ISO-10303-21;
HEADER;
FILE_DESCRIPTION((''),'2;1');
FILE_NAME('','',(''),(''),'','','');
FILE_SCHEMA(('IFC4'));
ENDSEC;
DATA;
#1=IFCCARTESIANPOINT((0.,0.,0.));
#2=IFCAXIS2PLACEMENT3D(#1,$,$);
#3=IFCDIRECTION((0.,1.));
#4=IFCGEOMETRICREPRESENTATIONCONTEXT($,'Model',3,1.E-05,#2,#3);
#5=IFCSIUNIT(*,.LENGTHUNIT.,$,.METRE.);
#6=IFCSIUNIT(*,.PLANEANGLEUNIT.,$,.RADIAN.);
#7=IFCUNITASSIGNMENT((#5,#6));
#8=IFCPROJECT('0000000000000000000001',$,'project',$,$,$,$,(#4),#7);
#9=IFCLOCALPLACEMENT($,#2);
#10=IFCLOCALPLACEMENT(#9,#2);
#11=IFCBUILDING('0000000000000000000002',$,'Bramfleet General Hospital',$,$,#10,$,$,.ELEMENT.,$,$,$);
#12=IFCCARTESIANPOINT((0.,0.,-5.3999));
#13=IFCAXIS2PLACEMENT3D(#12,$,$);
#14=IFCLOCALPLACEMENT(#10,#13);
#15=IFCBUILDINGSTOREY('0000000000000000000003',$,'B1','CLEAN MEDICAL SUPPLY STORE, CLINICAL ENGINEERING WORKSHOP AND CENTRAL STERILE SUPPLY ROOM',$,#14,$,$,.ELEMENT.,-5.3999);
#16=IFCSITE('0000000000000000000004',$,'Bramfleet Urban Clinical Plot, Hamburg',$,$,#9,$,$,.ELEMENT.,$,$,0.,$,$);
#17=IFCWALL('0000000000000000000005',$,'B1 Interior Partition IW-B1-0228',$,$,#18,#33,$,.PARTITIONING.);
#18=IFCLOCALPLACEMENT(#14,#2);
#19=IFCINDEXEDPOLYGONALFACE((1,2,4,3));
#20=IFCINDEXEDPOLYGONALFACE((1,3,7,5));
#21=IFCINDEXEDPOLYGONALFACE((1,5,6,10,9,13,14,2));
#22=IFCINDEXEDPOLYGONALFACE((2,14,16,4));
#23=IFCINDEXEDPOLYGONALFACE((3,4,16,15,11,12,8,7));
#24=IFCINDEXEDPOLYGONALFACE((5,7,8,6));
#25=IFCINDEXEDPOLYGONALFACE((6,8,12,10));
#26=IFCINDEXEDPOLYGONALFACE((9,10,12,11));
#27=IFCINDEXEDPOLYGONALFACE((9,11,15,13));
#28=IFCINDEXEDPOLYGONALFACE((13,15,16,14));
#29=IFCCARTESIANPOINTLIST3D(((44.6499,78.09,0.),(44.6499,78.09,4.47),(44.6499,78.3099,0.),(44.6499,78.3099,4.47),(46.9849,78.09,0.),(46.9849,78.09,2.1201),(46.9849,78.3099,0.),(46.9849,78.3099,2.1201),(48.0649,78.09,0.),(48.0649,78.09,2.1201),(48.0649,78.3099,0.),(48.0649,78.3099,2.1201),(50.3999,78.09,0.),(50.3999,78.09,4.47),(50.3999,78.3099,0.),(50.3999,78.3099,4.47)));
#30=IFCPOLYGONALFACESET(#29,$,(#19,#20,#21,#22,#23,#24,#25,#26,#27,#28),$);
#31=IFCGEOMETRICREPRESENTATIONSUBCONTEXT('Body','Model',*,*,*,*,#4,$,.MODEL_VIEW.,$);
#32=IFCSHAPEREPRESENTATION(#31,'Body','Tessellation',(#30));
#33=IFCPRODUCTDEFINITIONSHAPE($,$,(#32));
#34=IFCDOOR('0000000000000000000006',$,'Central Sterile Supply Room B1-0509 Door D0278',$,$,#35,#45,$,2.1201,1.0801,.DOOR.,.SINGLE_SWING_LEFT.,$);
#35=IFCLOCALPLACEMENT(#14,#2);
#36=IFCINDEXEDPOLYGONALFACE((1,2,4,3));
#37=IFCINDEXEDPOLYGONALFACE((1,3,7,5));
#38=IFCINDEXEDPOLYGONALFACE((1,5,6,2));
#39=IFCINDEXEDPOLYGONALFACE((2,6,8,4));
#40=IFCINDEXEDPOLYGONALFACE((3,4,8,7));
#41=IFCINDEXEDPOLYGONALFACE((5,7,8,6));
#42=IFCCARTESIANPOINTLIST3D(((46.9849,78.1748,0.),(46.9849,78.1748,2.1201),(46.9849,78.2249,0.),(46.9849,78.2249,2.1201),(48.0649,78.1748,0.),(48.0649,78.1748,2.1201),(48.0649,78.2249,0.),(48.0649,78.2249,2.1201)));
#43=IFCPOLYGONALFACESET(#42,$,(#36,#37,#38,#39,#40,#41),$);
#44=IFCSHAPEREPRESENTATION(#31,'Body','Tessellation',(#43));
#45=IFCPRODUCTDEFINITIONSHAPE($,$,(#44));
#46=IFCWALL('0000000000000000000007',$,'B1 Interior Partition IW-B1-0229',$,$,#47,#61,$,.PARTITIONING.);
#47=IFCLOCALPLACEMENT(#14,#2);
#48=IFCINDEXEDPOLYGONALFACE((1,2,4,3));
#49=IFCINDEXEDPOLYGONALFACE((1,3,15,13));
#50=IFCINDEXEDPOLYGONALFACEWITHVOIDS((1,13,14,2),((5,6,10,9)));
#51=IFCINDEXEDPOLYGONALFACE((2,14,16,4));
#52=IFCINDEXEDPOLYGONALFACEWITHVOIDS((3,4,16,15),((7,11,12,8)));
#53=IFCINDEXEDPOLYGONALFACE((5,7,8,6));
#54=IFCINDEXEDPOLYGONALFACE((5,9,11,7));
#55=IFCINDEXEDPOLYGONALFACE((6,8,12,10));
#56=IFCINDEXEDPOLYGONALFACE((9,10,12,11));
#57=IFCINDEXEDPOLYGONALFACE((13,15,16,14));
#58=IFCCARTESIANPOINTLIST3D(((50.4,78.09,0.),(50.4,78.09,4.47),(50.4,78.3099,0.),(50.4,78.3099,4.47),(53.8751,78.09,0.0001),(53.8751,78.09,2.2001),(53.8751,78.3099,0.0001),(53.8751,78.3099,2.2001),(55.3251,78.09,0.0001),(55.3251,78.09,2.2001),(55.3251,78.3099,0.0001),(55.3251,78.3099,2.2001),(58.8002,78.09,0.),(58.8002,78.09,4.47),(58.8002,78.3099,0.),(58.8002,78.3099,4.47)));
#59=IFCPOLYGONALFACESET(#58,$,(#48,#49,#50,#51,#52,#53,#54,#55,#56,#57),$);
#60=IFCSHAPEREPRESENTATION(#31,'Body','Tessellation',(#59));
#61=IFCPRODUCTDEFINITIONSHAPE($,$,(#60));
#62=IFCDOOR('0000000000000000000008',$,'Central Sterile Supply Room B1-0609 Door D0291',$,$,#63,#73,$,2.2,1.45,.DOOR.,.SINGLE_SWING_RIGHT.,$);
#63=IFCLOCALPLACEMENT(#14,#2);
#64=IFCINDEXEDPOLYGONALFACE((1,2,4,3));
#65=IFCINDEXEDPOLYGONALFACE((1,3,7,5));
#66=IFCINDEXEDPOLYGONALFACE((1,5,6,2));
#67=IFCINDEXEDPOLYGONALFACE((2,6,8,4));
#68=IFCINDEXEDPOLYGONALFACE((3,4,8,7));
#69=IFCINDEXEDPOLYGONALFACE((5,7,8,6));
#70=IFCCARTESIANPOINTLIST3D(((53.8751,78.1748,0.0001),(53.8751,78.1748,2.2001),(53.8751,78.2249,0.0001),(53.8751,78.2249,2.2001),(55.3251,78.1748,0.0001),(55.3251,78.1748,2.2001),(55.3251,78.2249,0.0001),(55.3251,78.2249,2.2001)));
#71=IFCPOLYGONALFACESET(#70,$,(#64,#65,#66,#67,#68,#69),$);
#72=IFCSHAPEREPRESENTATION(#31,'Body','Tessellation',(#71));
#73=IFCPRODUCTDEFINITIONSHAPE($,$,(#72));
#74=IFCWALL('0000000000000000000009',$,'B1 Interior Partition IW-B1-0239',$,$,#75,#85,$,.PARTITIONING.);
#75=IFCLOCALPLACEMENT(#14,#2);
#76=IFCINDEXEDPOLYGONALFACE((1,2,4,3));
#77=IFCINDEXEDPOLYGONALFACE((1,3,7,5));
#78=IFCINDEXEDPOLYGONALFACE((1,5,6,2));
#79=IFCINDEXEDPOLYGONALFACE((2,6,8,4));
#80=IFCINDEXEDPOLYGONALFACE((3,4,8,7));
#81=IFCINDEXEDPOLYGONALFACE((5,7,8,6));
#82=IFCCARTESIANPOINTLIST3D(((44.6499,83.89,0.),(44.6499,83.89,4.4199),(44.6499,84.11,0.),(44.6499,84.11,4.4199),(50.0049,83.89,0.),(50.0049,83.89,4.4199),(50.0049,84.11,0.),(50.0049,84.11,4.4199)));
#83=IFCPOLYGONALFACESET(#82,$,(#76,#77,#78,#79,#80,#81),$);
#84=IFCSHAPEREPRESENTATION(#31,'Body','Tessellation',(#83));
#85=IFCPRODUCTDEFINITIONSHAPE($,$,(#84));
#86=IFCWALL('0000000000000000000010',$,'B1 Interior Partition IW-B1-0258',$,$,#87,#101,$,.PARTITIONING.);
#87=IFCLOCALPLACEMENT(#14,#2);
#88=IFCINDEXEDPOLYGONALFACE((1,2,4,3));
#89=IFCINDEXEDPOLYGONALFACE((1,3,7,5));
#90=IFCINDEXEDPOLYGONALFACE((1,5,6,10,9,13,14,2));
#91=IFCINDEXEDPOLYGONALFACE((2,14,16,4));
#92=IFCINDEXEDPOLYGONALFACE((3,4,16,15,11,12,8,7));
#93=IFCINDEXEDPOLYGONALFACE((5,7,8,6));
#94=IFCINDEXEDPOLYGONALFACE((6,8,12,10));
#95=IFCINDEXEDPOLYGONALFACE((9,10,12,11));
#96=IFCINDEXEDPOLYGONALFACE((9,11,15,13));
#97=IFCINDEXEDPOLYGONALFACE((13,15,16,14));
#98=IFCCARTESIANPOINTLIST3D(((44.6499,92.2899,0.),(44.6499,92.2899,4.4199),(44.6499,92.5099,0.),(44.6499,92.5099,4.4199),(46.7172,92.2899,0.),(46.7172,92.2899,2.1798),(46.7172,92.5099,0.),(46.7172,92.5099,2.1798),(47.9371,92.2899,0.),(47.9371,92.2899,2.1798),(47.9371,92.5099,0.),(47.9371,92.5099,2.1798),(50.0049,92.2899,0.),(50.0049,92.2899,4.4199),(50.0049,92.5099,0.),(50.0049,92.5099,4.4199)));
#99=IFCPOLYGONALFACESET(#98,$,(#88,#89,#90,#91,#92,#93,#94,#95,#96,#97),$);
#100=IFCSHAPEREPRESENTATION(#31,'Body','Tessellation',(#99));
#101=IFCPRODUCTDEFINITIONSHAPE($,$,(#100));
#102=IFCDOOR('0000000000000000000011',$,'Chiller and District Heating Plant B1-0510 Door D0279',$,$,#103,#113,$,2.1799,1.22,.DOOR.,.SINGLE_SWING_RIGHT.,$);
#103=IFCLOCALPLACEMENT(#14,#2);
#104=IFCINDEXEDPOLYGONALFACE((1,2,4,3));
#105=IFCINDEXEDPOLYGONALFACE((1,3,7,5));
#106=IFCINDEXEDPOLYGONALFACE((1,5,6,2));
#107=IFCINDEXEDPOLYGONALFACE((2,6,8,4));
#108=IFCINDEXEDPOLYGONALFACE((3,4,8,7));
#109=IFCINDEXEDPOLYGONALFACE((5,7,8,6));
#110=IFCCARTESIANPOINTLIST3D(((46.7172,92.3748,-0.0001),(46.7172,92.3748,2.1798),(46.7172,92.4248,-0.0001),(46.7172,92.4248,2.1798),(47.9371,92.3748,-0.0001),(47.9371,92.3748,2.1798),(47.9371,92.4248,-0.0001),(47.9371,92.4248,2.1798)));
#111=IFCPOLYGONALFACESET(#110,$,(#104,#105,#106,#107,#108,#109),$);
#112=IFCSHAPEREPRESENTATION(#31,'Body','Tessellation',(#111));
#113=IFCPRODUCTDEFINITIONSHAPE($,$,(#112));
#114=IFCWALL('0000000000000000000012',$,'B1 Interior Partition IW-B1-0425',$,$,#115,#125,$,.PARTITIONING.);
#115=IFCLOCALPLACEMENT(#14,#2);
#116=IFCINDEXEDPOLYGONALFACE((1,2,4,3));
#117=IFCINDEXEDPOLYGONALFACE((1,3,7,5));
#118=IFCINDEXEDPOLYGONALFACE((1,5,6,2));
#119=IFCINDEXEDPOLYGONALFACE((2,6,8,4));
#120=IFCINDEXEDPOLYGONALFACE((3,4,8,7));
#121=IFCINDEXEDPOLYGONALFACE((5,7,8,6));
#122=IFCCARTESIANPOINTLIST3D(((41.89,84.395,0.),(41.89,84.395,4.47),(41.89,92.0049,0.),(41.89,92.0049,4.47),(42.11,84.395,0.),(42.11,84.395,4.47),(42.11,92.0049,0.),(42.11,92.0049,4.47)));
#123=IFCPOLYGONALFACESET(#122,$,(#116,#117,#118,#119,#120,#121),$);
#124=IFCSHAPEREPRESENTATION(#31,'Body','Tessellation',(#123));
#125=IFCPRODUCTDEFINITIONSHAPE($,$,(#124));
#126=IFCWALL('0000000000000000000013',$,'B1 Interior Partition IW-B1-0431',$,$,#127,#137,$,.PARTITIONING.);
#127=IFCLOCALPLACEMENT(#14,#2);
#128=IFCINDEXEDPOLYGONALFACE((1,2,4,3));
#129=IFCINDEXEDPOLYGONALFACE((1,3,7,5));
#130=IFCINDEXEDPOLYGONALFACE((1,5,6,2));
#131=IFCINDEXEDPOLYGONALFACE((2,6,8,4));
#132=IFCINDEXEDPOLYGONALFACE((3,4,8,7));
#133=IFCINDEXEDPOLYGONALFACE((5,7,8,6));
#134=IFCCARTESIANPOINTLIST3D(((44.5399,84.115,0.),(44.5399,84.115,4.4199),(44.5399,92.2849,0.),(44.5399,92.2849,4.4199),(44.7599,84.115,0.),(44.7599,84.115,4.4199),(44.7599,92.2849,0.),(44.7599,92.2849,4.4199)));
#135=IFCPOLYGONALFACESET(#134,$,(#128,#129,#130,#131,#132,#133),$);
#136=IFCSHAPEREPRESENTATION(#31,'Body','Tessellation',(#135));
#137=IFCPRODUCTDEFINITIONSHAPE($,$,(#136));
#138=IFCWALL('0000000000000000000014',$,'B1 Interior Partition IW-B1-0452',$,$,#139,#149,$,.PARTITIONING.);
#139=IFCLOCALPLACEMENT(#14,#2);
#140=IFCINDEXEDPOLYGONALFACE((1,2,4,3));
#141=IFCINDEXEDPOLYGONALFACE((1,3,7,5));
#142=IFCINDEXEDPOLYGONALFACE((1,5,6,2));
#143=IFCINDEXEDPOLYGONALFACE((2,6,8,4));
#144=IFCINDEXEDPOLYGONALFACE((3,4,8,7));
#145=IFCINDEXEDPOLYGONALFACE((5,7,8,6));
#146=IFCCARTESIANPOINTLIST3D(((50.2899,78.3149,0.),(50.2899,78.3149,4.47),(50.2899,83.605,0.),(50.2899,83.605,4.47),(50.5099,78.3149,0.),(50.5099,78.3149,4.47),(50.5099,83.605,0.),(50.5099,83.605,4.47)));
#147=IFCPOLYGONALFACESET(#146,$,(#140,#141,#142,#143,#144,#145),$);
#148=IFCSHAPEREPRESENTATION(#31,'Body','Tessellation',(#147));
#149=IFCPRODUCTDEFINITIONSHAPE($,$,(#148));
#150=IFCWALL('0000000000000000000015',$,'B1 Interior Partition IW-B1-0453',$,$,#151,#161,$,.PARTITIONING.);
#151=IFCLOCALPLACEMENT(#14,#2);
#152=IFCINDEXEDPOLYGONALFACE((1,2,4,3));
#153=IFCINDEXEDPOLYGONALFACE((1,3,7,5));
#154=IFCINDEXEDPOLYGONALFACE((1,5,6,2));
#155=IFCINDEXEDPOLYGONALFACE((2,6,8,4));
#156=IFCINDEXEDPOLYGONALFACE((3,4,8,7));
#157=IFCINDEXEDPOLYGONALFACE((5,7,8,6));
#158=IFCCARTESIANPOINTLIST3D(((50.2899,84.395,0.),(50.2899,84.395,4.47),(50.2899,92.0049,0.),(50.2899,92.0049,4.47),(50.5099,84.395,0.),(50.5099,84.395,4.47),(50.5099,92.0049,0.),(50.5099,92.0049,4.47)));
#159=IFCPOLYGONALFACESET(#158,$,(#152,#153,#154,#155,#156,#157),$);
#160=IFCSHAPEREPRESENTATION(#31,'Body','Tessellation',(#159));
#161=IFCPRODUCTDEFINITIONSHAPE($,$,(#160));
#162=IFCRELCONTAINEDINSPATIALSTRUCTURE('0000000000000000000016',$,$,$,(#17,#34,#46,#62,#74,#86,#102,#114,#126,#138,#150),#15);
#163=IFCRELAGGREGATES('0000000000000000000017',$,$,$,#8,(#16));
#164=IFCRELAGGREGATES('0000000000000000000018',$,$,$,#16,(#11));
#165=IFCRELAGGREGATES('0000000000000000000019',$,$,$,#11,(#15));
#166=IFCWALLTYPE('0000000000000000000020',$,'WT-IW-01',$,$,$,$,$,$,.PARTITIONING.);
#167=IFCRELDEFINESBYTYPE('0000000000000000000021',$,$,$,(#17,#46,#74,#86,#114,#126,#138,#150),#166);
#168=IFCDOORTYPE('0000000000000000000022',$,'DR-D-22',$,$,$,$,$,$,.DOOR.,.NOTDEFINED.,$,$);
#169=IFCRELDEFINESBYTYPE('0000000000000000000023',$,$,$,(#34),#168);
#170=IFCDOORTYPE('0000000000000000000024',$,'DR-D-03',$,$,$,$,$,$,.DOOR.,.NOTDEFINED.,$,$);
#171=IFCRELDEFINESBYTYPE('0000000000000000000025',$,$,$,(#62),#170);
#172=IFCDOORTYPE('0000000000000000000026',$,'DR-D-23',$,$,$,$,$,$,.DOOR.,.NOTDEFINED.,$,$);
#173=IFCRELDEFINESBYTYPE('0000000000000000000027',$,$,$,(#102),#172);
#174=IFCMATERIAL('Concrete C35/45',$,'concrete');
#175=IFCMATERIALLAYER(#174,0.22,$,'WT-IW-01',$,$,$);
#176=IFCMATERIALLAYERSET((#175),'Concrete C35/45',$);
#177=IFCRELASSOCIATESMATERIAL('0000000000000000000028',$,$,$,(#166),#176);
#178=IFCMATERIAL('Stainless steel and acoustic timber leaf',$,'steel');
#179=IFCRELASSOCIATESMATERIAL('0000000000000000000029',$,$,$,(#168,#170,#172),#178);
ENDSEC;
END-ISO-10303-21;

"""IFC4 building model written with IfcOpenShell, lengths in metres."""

from ifc_helpers import new_model, si_unit, direction, frame, frame_2d, origin, place, context, subcontext, project, spatial, rectangle, extrude, material, layer, layer_set, type_object, element, fill, save


model = new_model("IFC4")

# Units and contexts
model_context = context("Model", 3, precision=1e-05, world=origin(), true_north=direction((0.0, 1.0)))
body_context = subcontext(model_context, "Body", "Model", "MODEL_VIEW")
ifc_project = project(units=[si_unit("LENGTHUNIT", "METRE"), si_unit("PLANEANGLEUNIT", "RADIAN")], contexts=[model_context])

# Site, building, storey
site_placement = place(None, origin())
site = spatial("IfcSite", under=ifc_project, at=site_placement, Name="Bramfleet Urban Clinical Plot, Hamburg", CompositionType="ELEMENT", RefElevation=0.0)
building_placement = place(site_placement, origin())
building = spatial("IfcBuilding", under=site, at=building_placement, Name="Bramfleet General Hospital", CompositionType="ELEMENT")
storey_placement = place(building_placement, frame((0.0, 0.0, -5.3999)))
storey = spatial("IfcBuildingStorey", under=building, at=storey_placement, Name="B1", Description="CLEAN MEDICAL SUPPLY STORE, CLINICAL ENGINEERING WORKSHOP AND CENTRAL STERILE SUPPLY ROOM", CompositionType="ELEMENT", Elevation=-5.3999)

# Shared definitions
ifc_material_1 = material(Name="Concrete C35/45", Category="concrete")

# Walls, openings, doors
ifc_layer = layer(ifc_material_1, 0.22, Name="WT-IW-01")
ifc_layer_set = layer_set([ifc_layer], Name="Concrete C35/45")
wall_type = type_object("IfcWallType", Name="WT-IW-01", PredefinedType="PARTITIONING", material=ifc_layer_set)
wall_1_placement = place(storey_placement, frame((44.6499, 78.2, 0.0), z_axis=(0.0, 0.0, 1.0), x_axis=(1.0, 0.0, 0.0)))
wall_1 = element("IfcWall", 1, at=wall_1_placement, inside=storey, type_object=wall_type, Name="B1 Interior Partition IW-B1-0228", PredefinedType="PARTITIONING", context=body_context, shape_type="SweptSolid", body=[
    extrude(rectangle(XDim=5.75, YDim=0.22, at=frame_2d((2.875, 0.0))), origin(), (0.0, 0.0, 1.0), 4.47),
])
opening_1_placement = place(wall_1_placement, frame((2.335, 0.0, 0.0)))
opening_1 = element("IfcOpeningElement", 2, at=opening_1_placement, cuts=wall_1, PredefinedType="OPENING", context=body_context, shape_type="SweptSolid", body=[
    extrude(rectangle(XDim=1.0801, YDim=2.1201, at=frame_2d((0.54, 1.0601))), frame((0.0, 0.1199, 0.0), z_axis=(0.0, -1.0, 0.0), x_axis=(1.0, 0.0, 0.0)), (0.0, 0.0, 1.0), 0.24),
])
ifc_material_2 = material(Name="Stainless steel and acoustic timber leaf", Category="steel")
door_type_1 = type_object("IfcDoorType", Name="DR-D-22", OperationType="NOTDEFINED", PredefinedType="DOOR", material=ifc_material_2)
door_1_placement = place(opening_1_placement, origin())
door_1 = element("IfcDoor", 3, at=door_1_placement, inside=storey, type_object=door_type_1, Name="Central Sterile Supply Room B1-0509 Door D0278", OperationType="SINGLE_SWING_LEFT", OverallHeight=2.1201, OverallWidth=1.0801, PredefinedType="DOOR", context=body_context, shape_type="SweptSolid", body=[
    extrude(rectangle(XDim=1.0801, YDim=2.1201, at=frame_2d((0.54, 1.0601))), frame((0.0, 0.0249, 0.0), z_axis=(0.0, -1.0, 0.0), x_axis=(1.0, 0.0, 0.0)), (0.0, 0.0, 1.0), 0.05),
])
fill(opening_1, door_1)
wall_2_placement = place(storey_placement, frame((50.3999, 78.2, 0.0), z_axis=(0.0, 0.0, 1.0), x_axis=(1.0, 0.0, 0.0)))
wall_2 = element("IfcWall", 4, at=wall_2_placement, inside=storey, type_object=wall_type, Name="B1 Interior Partition IW-B1-0229", PredefinedType="PARTITIONING", context=body_context, shape_type="SweptSolid", body=[
    extrude(rectangle(XDim=8.4001, YDim=0.22, at=frame_2d((4.2002, 0.0))), origin(), (0.0, 0.0, 1.0), 4.47),
])
opening_2_placement = place(wall_2_placement, frame((3.4751, 0.0, 0.0)))
opening_2 = element("IfcOpeningElement", 5, at=opening_2_placement, cuts=wall_2, PredefinedType="OPENING", context=body_context, shape_type="SweptSolid", body=[
    extrude(rectangle(XDim=1.45, YDim=2.2, at=frame_2d((0.7251, 1.1001))), frame((0.0, 0.1199, 0.0), z_axis=(0.0, -1.0, 0.0), x_axis=(1.0, 0.0, 0.0)), (0.0, 0.0, 1.0), 0.24),
])
door_type_2 = type_object("IfcDoorType", Name="DR-D-03", OperationType="NOTDEFINED", PredefinedType="DOOR", material=ifc_material_2)
door_2_placement = place(opening_2_placement, origin())
door_2 = element("IfcDoor", 6, at=door_2_placement, inside=storey, type_object=door_type_2, Name="Central Sterile Supply Room B1-0609 Door D0291", OperationType="SINGLE_SWING_RIGHT", OverallHeight=2.2, OverallWidth=1.45, PredefinedType="DOOR", context=body_context, shape_type="SweptSolid", body=[
    extrude(rectangle(XDim=1.45, YDim=2.2, at=frame_2d((0.7251, 1.1001))), frame((0.0, 0.0249, 0.0), z_axis=(0.0, -1.0, 0.0), x_axis=(1.0, 0.0, 0.0)), (0.0, 0.0, 1.0), 0.05),
])
fill(opening_2, door_2)

# Wall
wall_3_placement = place(storey_placement, frame((44.6499, 84.0, 0.0), z_axis=(0.0, 0.0, 1.0), x_axis=(1.0, 0.0, 0.0)))
element("IfcWall", 7, at=wall_3_placement, inside=storey, type_object=wall_type, Name="B1 Interior Partition IW-B1-0239", PredefinedType="PARTITIONING", context=body_context, shape_type="SweptSolid", body=[
    extrude(rectangle(XDim=5.355, YDim=0.22, at=frame_2d((2.6775, 0.0))), origin(), (0.0, 0.0, 1.0), 4.4199),
])

# Wall, opening, door
wall_4_placement = place(storey_placement, frame((44.6499, 92.3999, 0.0), z_axis=(0.0, 0.0, 1.0), x_axis=(1.0, 0.0, 0.0)))
wall_4 = element("IfcWall", 8, at=wall_4_placement, inside=storey, type_object=wall_type, Name="B1 Interior Partition IW-B1-0258", PredefinedType="PARTITIONING", context=body_context, shape_type="SweptSolid", body=[
    extrude(rectangle(XDim=5.355, YDim=0.22, at=frame_2d((2.6775, 0.0))), origin(), (0.0, 0.0, 1.0), 4.4199),
])
opening_3_placement = place(wall_4_placement, frame((2.0674, 0.0, 0.0)))
opening_3 = element("IfcOpeningElement", 9, at=opening_3_placement, cuts=wall_4, PredefinedType="OPENING", context=body_context, shape_type="SweptSolid", body=[
    extrude(rectangle(XDim=1.22, YDim=2.1799, at=frame_2d((0.6099, 1.0898))), frame((0.0, 0.1199, 0.0), z_axis=(0.0, -1.0, 0.0), x_axis=(1.0, 0.0, 0.0)), (0.0, 0.0, 1.0), 0.24),
])
door_type_3 = type_object("IfcDoorType", Name="DR-D-23", OperationType="NOTDEFINED", PredefinedType="DOOR", material=ifc_material_2)
door_3_placement = place(opening_3_placement, origin())
door_3 = element("IfcDoor", 10, at=door_3_placement, inside=storey, type_object=door_type_3, Name="Chiller and District Heating Plant B1-0510 Door D0279", OperationType="SINGLE_SWING_RIGHT", OverallHeight=2.1799, OverallWidth=1.22, PredefinedType="DOOR", context=body_context, shape_type="SweptSolid", body=[
    extrude(rectangle(XDim=1.22, YDim=2.1799, at=frame_2d((0.6099, 1.0898))), frame((0.0, 0.0249, 0.0), z_axis=(0.0, -1.0, 0.0), x_axis=(1.0, 0.0, 0.0)), (0.0, 0.0, 1.0), 0.05),
])
fill(opening_3, door_3)

# Walls
wall_5_placement = place(storey_placement, frame((42.0, 84.395, 0.0), z_axis=(0.0, 0.0, 1.0), x_axis=(0.0, 1.0, 0.0)))
element("IfcWall", 11, at=wall_5_placement, inside=storey, type_object=wall_type, Name="B1 Interior Partition IW-B1-0425", PredefinedType="PARTITIONING", context=body_context, shape_type="SweptSolid", body=[
    extrude(rectangle(XDim=7.6099, YDim=0.22, at=frame_2d((3.8049, 0.0))), origin(), (0.0, 0.0, 1.0), 4.47),
])
wall_6_placement = place(storey_placement, frame((44.6499, 84.115, 0.0), z_axis=(0.0, 0.0, 1.0), x_axis=(0.0, 1.0, 0.0)))
element("IfcWall", 12, at=wall_6_placement, inside=storey, type_object=wall_type, Name="B1 Interior Partition IW-B1-0431", PredefinedType="PARTITIONING", context=body_context, shape_type="SweptSolid", body=[
    extrude(rectangle(XDim=8.1699, YDim=0.22, at=frame_2d((4.085, 0.0))), origin(), (0.0, 0.0, 1.0), 4.4199),
])
wall_7_placement = place(storey_placement, frame((50.3999, 78.3149, 0.0), z_axis=(0.0, 0.0, 1.0), x_axis=(0.0, 1.0, 0.0)))
element("IfcWall", 13, at=wall_7_placement, inside=storey, type_object=wall_type, Name="B1 Interior Partition IW-B1-0452", PredefinedType="PARTITIONING", context=body_context, shape_type="SweptSolid", body=[
    extrude(rectangle(XDim=5.29, YDim=0.22, at=frame_2d((2.645, 0.0))), origin(), (0.0, 0.0, 1.0), 4.47),
])
wall_8_placement = place(storey_placement, frame((50.3999, 84.395, 0.0), z_axis=(0.0, 0.0, 1.0), x_axis=(0.0, 1.0, 0.0)))
element("IfcWall", 14, at=wall_8_placement, inside=storey, type_object=wall_type, Name="B1 Interior Partition IW-B1-0453", PredefinedType="PARTITIONING", context=body_context, shape_type="SweptSolid", body=[
    extrude(rectangle(XDim=7.6099, YDim=0.22, at=frame_2d((3.8049, 0.0))), origin(), (0.0, 0.0, 1.0), 4.47),
])

save(model, "model.ifc")
